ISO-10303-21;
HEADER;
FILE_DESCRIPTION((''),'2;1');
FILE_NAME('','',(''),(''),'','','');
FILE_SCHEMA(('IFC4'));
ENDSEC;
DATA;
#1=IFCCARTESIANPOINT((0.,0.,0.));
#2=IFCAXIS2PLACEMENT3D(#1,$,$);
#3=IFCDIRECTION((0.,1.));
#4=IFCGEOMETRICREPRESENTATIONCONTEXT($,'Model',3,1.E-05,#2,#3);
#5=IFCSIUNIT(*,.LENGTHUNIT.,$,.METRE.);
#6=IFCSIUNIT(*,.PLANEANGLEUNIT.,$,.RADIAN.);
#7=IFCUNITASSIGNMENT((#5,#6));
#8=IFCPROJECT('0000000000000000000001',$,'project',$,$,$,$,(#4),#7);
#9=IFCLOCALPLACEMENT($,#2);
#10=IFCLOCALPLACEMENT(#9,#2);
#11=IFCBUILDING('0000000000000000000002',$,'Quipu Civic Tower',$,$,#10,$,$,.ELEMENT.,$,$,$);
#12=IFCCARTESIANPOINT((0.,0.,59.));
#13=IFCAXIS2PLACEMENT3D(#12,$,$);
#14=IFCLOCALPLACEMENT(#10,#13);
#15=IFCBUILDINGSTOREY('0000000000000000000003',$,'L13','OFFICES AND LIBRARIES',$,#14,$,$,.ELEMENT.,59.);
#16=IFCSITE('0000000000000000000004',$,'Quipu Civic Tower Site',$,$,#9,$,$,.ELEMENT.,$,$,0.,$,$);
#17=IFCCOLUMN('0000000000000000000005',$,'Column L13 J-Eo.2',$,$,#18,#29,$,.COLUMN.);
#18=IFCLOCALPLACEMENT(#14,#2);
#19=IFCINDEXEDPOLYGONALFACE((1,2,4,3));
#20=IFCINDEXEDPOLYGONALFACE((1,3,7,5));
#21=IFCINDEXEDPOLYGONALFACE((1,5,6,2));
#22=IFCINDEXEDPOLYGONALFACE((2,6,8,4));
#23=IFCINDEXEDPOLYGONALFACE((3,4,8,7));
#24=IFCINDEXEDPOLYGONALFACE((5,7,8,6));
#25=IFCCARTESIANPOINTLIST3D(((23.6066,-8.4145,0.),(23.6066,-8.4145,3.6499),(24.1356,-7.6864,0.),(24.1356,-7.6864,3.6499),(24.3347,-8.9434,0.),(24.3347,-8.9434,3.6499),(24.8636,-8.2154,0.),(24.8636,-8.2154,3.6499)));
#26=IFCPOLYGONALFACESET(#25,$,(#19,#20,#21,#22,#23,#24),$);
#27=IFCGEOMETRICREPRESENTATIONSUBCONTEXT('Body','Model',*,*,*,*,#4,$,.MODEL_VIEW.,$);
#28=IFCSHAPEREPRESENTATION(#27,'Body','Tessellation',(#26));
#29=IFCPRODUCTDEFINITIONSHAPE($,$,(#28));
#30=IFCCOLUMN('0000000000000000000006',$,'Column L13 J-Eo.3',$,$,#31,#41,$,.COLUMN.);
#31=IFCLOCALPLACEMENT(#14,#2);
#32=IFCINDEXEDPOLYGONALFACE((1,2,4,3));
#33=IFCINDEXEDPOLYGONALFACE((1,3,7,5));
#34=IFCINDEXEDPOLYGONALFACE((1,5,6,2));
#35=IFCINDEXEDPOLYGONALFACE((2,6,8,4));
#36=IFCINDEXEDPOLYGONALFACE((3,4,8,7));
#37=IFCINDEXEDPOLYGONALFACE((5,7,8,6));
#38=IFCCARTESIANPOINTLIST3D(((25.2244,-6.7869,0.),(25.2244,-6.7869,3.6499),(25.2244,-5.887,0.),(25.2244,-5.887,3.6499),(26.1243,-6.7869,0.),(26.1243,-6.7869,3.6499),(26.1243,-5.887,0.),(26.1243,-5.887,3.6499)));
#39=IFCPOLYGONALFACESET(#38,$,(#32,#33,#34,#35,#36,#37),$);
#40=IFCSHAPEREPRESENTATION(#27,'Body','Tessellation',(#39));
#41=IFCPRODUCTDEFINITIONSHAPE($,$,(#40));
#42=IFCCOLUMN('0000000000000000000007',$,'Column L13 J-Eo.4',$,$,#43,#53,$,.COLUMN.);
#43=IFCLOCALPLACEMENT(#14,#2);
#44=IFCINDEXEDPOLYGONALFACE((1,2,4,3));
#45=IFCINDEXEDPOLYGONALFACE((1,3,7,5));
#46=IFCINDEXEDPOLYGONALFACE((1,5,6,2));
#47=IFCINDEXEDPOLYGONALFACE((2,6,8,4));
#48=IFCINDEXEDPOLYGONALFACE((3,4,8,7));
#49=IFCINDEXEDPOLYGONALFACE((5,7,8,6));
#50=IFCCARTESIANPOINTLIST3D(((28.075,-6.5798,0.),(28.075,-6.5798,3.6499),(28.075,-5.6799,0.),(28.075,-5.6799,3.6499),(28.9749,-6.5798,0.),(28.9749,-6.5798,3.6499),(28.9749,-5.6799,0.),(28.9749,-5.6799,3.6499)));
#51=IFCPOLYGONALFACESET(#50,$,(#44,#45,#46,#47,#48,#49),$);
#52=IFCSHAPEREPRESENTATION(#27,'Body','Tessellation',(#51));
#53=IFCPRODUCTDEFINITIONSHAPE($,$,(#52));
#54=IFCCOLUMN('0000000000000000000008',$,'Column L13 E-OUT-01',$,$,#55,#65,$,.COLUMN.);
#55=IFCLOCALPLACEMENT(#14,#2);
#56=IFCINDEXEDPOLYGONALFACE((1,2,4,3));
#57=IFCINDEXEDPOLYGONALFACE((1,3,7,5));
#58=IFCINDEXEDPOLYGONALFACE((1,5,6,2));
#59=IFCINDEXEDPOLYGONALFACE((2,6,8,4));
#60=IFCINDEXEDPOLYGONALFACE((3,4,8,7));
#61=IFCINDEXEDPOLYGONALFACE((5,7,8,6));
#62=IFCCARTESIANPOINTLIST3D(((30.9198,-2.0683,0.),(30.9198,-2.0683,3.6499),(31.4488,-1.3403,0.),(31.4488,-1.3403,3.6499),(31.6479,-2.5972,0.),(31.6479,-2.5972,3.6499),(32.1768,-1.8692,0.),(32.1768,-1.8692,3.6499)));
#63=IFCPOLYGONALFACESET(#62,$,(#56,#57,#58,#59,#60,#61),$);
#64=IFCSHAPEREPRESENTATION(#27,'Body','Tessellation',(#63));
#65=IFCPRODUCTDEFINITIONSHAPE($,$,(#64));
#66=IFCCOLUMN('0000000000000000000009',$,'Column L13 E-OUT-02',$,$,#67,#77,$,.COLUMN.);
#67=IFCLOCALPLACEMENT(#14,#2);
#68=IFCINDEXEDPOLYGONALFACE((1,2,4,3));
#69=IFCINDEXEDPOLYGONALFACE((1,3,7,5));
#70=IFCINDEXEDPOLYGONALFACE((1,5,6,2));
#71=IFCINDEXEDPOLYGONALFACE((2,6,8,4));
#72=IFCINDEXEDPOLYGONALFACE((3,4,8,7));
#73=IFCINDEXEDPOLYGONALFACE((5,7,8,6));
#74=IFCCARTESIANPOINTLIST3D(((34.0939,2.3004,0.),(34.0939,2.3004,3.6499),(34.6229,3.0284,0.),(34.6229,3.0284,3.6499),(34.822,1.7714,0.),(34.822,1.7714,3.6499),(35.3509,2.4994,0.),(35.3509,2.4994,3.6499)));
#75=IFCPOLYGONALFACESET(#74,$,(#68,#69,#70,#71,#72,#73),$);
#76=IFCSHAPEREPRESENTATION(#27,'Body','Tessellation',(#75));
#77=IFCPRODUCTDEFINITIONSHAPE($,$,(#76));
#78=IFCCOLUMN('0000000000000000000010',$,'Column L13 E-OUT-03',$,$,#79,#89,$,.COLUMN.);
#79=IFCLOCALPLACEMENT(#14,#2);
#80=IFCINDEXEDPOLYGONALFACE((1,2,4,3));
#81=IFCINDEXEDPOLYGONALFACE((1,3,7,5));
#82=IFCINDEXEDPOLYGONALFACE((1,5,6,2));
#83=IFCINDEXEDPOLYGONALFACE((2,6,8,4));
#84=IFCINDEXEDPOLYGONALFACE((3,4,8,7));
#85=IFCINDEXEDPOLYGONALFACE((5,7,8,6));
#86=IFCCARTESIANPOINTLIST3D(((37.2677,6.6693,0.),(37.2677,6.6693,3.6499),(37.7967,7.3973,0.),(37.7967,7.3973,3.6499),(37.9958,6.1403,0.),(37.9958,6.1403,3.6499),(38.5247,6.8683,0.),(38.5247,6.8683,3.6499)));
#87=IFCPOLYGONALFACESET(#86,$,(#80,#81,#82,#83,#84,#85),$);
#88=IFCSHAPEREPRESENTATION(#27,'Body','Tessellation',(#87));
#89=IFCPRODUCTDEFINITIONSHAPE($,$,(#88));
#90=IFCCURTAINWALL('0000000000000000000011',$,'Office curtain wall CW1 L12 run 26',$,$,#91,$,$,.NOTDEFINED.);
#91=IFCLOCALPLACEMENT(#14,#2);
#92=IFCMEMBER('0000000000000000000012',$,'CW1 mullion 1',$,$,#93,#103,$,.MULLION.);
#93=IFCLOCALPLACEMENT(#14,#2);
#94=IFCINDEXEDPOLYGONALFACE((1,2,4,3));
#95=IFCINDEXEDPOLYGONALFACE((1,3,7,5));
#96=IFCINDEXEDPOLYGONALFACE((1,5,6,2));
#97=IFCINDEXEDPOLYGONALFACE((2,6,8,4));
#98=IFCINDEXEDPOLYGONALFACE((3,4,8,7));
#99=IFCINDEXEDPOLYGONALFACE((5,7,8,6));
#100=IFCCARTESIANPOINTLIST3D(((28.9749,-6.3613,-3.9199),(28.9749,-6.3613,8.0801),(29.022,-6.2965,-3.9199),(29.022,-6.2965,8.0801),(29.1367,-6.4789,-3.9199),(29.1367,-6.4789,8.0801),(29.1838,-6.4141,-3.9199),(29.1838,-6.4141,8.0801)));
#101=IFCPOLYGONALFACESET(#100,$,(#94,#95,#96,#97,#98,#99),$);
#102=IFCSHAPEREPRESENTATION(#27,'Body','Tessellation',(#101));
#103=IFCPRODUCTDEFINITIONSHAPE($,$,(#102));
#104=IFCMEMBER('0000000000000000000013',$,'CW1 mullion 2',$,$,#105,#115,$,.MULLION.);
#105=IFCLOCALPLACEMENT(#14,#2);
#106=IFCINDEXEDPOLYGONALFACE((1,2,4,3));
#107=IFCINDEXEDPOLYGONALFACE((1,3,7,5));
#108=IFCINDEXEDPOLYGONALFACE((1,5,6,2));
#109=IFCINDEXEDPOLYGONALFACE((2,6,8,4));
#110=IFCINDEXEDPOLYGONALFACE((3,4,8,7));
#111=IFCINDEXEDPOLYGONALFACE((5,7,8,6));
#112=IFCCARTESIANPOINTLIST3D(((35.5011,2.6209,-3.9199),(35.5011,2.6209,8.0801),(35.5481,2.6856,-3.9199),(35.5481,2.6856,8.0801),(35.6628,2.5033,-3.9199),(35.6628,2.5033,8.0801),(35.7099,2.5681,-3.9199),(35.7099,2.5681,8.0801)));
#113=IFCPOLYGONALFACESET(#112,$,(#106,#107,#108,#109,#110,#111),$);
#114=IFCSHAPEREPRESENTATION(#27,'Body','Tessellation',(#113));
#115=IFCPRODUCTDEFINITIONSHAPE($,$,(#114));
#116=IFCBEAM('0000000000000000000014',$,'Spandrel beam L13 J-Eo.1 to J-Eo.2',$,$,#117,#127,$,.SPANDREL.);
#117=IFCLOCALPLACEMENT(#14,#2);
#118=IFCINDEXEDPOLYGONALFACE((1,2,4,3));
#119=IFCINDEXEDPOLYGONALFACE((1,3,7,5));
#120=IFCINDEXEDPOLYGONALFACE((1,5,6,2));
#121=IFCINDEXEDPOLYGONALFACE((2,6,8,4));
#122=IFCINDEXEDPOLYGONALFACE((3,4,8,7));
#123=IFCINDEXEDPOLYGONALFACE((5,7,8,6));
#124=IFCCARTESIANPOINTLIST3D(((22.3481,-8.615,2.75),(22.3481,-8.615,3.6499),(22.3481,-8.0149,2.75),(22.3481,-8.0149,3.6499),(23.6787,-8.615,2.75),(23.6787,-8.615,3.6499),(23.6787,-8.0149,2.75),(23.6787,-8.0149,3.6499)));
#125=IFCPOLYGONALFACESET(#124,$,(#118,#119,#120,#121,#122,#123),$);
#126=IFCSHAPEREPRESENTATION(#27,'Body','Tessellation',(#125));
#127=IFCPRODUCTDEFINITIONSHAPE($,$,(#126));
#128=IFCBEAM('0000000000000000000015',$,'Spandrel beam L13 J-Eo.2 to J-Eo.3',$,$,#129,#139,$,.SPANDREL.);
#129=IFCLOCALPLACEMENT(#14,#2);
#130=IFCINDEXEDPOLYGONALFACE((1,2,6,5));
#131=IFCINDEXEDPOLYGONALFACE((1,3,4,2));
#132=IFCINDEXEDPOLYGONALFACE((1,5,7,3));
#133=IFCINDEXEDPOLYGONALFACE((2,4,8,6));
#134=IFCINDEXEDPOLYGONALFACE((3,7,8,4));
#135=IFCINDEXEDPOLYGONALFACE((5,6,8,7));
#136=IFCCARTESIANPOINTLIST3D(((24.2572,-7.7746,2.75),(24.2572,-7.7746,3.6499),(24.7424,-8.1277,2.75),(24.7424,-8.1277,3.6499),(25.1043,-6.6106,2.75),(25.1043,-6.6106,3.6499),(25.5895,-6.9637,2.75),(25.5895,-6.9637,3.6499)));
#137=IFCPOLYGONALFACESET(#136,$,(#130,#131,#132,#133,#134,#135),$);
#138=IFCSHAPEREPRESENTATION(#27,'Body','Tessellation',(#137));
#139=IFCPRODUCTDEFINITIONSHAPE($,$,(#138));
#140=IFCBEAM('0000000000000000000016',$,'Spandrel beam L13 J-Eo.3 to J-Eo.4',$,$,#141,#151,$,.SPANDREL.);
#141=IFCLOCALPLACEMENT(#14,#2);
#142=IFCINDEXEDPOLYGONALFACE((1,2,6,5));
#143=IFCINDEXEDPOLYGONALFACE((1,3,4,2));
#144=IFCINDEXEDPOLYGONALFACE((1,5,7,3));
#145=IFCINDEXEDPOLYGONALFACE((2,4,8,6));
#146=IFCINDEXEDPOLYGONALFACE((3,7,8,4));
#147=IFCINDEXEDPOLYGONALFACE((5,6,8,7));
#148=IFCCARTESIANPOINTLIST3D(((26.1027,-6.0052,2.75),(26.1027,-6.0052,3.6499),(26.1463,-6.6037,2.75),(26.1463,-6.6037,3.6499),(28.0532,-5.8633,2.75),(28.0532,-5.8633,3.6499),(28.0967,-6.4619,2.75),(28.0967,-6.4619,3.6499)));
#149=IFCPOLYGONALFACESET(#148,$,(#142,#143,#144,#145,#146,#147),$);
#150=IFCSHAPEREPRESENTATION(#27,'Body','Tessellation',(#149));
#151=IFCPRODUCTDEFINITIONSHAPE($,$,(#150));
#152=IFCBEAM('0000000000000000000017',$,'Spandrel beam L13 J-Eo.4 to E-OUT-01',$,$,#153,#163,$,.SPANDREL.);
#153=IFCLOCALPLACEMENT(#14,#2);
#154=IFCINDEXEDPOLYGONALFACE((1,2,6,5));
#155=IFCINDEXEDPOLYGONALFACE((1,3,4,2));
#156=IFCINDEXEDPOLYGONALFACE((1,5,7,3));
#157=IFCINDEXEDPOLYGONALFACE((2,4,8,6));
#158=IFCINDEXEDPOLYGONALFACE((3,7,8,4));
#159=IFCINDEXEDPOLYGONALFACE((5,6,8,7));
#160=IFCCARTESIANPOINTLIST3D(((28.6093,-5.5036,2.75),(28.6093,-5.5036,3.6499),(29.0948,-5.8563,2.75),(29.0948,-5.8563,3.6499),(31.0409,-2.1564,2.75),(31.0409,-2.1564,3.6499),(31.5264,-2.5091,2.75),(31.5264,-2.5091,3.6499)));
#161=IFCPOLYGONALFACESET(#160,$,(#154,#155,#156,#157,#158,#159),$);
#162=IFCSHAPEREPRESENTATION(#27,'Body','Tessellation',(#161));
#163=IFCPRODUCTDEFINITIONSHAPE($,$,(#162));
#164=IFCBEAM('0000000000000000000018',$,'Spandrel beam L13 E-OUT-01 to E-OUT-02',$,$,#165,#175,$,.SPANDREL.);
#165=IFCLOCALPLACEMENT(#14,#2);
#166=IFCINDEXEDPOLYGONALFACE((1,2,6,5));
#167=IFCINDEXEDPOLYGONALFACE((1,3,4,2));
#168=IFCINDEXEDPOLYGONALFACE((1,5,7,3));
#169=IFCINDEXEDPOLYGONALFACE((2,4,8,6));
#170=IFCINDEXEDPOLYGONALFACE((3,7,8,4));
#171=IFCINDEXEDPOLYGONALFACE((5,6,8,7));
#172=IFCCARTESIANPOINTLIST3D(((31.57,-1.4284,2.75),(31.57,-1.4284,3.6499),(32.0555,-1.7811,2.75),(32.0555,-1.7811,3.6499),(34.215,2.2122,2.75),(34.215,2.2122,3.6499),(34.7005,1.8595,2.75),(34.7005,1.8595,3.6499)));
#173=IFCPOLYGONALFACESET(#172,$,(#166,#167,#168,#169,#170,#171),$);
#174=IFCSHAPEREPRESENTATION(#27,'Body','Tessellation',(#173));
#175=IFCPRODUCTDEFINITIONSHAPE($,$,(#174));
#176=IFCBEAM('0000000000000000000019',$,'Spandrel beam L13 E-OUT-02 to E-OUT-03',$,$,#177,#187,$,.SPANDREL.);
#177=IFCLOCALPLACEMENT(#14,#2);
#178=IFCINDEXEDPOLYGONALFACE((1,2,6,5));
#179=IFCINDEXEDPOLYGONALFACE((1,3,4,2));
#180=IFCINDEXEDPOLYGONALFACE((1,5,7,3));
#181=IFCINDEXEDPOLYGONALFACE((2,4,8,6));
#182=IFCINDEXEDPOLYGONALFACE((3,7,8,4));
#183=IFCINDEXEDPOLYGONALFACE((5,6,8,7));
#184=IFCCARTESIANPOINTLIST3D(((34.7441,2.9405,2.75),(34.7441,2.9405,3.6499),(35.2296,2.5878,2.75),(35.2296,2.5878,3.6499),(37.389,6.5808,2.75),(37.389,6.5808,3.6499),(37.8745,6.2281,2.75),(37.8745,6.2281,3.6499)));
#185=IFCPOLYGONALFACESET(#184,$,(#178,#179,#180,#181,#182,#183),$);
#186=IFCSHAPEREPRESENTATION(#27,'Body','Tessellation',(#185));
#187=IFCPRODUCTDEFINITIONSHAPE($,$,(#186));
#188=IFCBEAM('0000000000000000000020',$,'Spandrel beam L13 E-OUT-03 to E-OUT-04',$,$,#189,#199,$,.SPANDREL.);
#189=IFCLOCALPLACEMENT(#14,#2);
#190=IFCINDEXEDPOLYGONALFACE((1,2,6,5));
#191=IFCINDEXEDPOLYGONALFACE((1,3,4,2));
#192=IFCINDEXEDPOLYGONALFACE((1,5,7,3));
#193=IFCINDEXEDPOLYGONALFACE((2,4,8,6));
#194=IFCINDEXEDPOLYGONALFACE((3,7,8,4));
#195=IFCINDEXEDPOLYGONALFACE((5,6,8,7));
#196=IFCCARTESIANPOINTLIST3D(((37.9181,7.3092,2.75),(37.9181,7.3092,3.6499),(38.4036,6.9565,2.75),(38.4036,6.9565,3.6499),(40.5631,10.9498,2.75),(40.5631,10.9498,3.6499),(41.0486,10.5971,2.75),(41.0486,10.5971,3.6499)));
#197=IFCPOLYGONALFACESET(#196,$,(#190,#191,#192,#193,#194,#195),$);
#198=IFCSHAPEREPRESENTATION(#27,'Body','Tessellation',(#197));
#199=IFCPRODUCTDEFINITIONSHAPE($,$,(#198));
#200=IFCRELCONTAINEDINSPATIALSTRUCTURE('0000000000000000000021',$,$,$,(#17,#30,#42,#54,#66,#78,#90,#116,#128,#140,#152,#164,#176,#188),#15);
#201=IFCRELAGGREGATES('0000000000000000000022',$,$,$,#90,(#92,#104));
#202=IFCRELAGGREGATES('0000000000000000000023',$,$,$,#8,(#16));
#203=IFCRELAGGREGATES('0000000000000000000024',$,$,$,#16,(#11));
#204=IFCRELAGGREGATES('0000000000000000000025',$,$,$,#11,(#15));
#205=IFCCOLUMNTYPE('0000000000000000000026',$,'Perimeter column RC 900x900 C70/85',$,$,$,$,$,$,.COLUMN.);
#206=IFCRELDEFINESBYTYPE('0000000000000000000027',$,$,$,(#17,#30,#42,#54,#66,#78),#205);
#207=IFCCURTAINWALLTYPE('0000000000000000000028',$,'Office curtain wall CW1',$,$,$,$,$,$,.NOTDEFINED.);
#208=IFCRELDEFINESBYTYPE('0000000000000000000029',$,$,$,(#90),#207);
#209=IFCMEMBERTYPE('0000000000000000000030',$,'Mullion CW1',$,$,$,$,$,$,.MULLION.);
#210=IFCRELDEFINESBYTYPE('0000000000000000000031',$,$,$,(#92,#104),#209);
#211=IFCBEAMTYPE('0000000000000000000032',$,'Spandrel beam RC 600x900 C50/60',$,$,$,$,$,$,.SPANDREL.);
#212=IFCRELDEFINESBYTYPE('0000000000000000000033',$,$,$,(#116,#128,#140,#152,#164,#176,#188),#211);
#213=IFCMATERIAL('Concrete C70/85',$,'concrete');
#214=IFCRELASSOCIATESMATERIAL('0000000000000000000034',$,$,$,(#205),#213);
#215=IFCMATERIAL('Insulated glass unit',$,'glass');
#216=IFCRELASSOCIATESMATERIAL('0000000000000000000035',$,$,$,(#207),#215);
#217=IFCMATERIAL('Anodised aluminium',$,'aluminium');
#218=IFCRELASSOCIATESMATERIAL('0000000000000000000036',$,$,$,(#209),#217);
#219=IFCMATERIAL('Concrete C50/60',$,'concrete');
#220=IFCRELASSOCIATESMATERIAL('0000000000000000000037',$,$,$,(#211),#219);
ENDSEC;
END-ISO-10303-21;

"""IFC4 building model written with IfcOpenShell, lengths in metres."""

from ifc_helpers import new_model, si_unit, direction, frame, origin, origin_2d, place, context, subcontext, project, spatial, rectangle, extrude, material, material_profile, profile_set, type_object, element, aggregate, save


model = new_model("IFC4")

# Units and contexts
model_context = context("Model", 3, precision=1e-05, world=origin(), true_north=direction((0.0, 1.0)))
body_context = subcontext(model_context, "Body", "Model", "MODEL_VIEW")
ifc_project = project(units=[si_unit("LENGTHUNIT", "METRE"), si_unit("PLANEANGLEUNIT", "RADIAN")], contexts=[model_context])

# Site, building, storey
site_placement = place(None, origin())
site = spatial("IfcSite", under=ifc_project, at=site_placement, Name="Quipu Civic Tower Site", CompositionType="ELEMENT", RefElevation=0.0)
building_placement = place(site_placement, origin())
building = spatial("IfcBuilding", under=site, at=building_placement, Name="Quipu Civic Tower", CompositionType="ELEMENT")
storey_placement = place(building_placement, frame((0.0, 0.0, 59.0)))
storey = spatial("IfcBuildingStorey", under=building, at=storey_placement, Name="L13", Description="OFFICES AND LIBRARIES", CompositionType="ELEMENT", Elevation=59.0)

# Columns
ifc_material_1 = material(Name="Concrete C70/85", Category="concrete")
ifc_material_profile_1 = material_profile(ifc_material_1, rectangle(XDim=0.8999, YDim=0.8999, at=origin_2d()), Name="RC900x900")
ifc_profile_set_1 = profile_set([ifc_material_profile_1], Name="Concrete C70/85")
column_type = type_object("IfcColumnType", Name="Perimeter column RC 900x900 C70/85", PredefinedType="COLUMN", material=ifc_profile_set_1)
for number, where, z_axis, x_axis, name in (
    (1, (24.2351, -8.3149, 0.0), (0.0, 0.0, 1.0), (0.587785, 0.809017, 0.0), "Column L13 J-Eo.2"),
    (2, (25.6743, -6.3369, 0.0), (0.0, 0.0, 1.0), (1.0, 0.0, 0.0), "Column L13 J-Eo.3"),
    (3, (28.5249, -6.1299, 0.0), (0.0, 0.0, 1.0), (1.0, 0.0, 0.0), "Column L13 J-Eo.4"),
    (4, (31.5483, -1.9688, 0.0), (0.0, 0.0, 1.0), (0.587785, 0.809017, 0.0), "Column L13 E-OUT-01"),
    (5, (34.7224, 2.3999, 0.0), (0.0, 0.0, 1.0), (0.587785, 0.809017, 0.0), "Column L13 E-OUT-02"),
    (6, (37.8962, 6.7688, 0.0), (0.0, 0.0, 1.0), (0.587785, 0.809017, 0.0), "Column L13 E-OUT-03"),
):
    element("IfcColumn", number, at=place(storey_placement, frame(where, z_axis=z_axis, x_axis=x_axis)), inside=storey, type_object=column_type, Name=name, PredefinedType="COLUMN", context=body_context, shape_type="SweptSolid", body=[
        extrude(rectangle(XDim=0.8999, YDim=0.8999, at=origin_2d()), origin(), (0.0, 0.0, 1.0), 3.6499),
    ])

# Curtain wall, members
ifc_material_2 = material(Name="Insulated glass unit", Category="glass")
curtain_wall_type = type_object("IfcCurtainWallType", Name="Office curtain wall CW1", PredefinedType="NOTDEFINED", material=ifc_material_2)
curtain_wall_placement = place(storey_placement, origin())
curtain_wall = element("IfcCurtainWall", 7, at=curtain_wall_placement, inside=storey, type_object=curtain_wall_type, Name="Office curtain wall CW1 L12 run 26", PredefinedType="NOTDEFINED")
ifc_material_3 = material(Name="Anodised aluminium", Category="aluminium")
ifc_material_profile_2 = material_profile(ifc_material_3, rectangle(XDim=0.2, YDim=0.0801, at=origin_2d()), Name="RECT 200x80")
ifc_profile_set_2 = profile_set([ifc_material_profile_2], Name="Anodised aluminium")
member_type_1 = type_object("IfcMemberType", Name="Mullion CW1", PredefinedType="MULLION", material=ifc_profile_set_2)
member_1_placement = place(storey_placement, frame((29.0793, -6.3877, -3.9199), z_axis=(0.0, 0.0, 1.0), x_axis=(-0.809017, 0.587786, 0.0)))
member_1 = element("IfcMember", 8, at=member_1_placement, type_object=member_type_1, Name="CW1 mullion 1", PredefinedType="MULLION", context=body_context, shape_type="SweptSolid", body=[
    extrude(rectangle(XDim=0.2, YDim=0.0801, at=origin_2d()), origin(), (0.0, 0.0, 1.0), 12.0),
])
member_2_placement = place(storey_placement, frame((35.6055, 2.5945, -3.9199), z_axis=(0.0, 0.0, 1.0), x_axis=(-0.809017, 0.587786, 0.0)))
member_2 = element("IfcMember", 9, at=member_2_placement, type_object=member_type_1, Name="CW1 mullion 2", PredefinedType="MULLION", context=body_context, shape_type="SweptSolid", body=[
    extrude(rectangle(XDim=0.2, YDim=0.0801, at=origin_2d()), origin(), (0.0, 0.0, 1.0), 12.0),
])

# Beams
ifc_material_4 = material(Name="Concrete C50/60", Category="concrete")
ifc_material_profile_3 = material_profile(ifc_material_4, rectangle(XDim=0.6001, YDim=0.8999, at=origin_2d()), Name="RC600x900")
ifc_profile_set_3 = profile_set([ifc_material_profile_3], Name="Concrete C50/60")
beam_type = type_object("IfcBeamType", Name="Spandrel beam RC 600x900 C50/60", PredefinedType="SPANDREL", material=ifc_profile_set_3)
beam_1_placement = place(storey_placement, frame((22.3481, -8.3149, 3.2), z_axis=(1.0, 0.0, 0.0), x_axis=(0.0, 1.0, 0.0)))
element("IfcBeam", 10, at=beam_1_placement, inside=storey, type_object=beam_type, Name="Spandrel beam L13 J-Eo.1 to J-Eo.2", PredefinedType="SPANDREL", context=body_context, shape_type="SweptSolid", body=[
    extrude(rectangle(XDim=0.6001, YDim=0.8999, at=origin_2d()), origin(), (0.0, 0.0, 1.0), 1.3306),
])
beam_2_placement = place(storey_placement, frame((24.4998, -7.9512, 3.2), z_axis=(0.588434, 0.808545, 0.0), x_axis=(-0.808545, 0.588434, 0.0)))
element("IfcBeam", 11, at=beam_2_placement, inside=storey, type_object=beam_type, Name="Spandrel beam L13 J-Eo.2 to J-Eo.3", PredefinedType="SPANDREL", context=body_context, shape_type="SweptSolid", body=[
    extrude(rectangle(XDim=0.6001, YDim=0.8999, at=origin_2d()), origin(), (0.0, 0.0, 1.0), 1.4397),
])
beam_3_placement = place(storey_placement, frame((26.1245, -6.3044, 3.2), z_axis=(0.997366, 0.072533, 0.0), x_axis=(-0.072533, 0.997366, 0.0)))
element("IfcBeam", 12, at=beam_3_placement, inside=storey, type_object=beam_type, Name="Spandrel beam L13 J-Eo.3 to J-Eo.4", PredefinedType="SPANDREL", context=body_context, shape_type="SweptSolid", body=[
    extrude(rectangle(XDim=0.6001, YDim=0.8999, at=origin_2d()), origin(), (0.0, 0.0, 1.0), 1.9556),
])
beam_4_placement = place(storey_placement, frame((28.8521, -5.6799, 3.2), z_axis=(0.587751, 0.809042, 0.0), x_axis=(-0.809042, 0.587751, 0.0)))
element("IfcBeam", 13, at=beam_4_placement, inside=storey, type_object=beam_type, Name="Spandrel beam L13 J-Eo.4 to E-OUT-01", PredefinedType="SPANDREL", context=body_context, shape_type="SweptSolid", body=[
    extrude(rectangle(XDim=0.6001, YDim=0.8999, at=origin_2d()), origin(), (0.0, 0.0, 1.0), 4.1372),
])
beam_5_placement = place(storey_placement, frame((31.8127, -1.6047, 3.2), z_axis=(0.587778, 0.809022, 0.0), x_axis=(-0.809022, 0.587778, 0.0)))
element("IfcBeam", 14, at=beam_5_placement, inside=storey, type_object=beam_type, Name="Spandrel beam L13 E-OUT-01 to E-OUT-02", PredefinedType="SPANDREL", context=body_context, shape_type="SweptSolid", body=[
    extrude(rectangle(XDim=0.6001, YDim=0.8999, at=origin_2d()), origin(), (0.0, 0.0, 1.0), 4.5),
])
beam_6_placement = place(storey_placement, frame((34.9868, 2.7642, 3.2), z_axis=(0.587804, 0.809003, 0.0), x_axis=(-0.809003, 0.587804, 0.0)))
element("IfcBeam", 15, at=beam_6_placement, inside=storey, type_object=beam_type, Name="Spandrel beam L13 E-OUT-02 to E-OUT-03", PredefinedType="SPANDREL", context=body_context, shape_type="SweptSolid", body=[
    extrude(rectangle(XDim=0.6001, YDim=0.8999, at=origin_2d()), origin(), (0.0, 0.0, 1.0), 4.4998),
])
beam_7_placement = place(storey_placement, frame((38.1609, 7.1328, 3.2), z_axis=(0.587778, 0.809022, 0.0), x_axis=(-0.809022, 0.587778, 0.0)))
element("IfcBeam", 16, at=beam_7_placement, inside=storey, type_object=beam_type, Name="Spandrel beam L13 E-OUT-03 to E-OUT-04", PredefinedType="SPANDREL", context=body_context, shape_type="SweptSolid", body=[
    extrude(rectangle(XDim=0.6001, YDim=0.8999, at=origin_2d()), origin(), (0.0, 0.0, 1.0), 4.5),
])

aggregate(curtain_wall, [member_1, member_2])

save(model, "model.ifc")
